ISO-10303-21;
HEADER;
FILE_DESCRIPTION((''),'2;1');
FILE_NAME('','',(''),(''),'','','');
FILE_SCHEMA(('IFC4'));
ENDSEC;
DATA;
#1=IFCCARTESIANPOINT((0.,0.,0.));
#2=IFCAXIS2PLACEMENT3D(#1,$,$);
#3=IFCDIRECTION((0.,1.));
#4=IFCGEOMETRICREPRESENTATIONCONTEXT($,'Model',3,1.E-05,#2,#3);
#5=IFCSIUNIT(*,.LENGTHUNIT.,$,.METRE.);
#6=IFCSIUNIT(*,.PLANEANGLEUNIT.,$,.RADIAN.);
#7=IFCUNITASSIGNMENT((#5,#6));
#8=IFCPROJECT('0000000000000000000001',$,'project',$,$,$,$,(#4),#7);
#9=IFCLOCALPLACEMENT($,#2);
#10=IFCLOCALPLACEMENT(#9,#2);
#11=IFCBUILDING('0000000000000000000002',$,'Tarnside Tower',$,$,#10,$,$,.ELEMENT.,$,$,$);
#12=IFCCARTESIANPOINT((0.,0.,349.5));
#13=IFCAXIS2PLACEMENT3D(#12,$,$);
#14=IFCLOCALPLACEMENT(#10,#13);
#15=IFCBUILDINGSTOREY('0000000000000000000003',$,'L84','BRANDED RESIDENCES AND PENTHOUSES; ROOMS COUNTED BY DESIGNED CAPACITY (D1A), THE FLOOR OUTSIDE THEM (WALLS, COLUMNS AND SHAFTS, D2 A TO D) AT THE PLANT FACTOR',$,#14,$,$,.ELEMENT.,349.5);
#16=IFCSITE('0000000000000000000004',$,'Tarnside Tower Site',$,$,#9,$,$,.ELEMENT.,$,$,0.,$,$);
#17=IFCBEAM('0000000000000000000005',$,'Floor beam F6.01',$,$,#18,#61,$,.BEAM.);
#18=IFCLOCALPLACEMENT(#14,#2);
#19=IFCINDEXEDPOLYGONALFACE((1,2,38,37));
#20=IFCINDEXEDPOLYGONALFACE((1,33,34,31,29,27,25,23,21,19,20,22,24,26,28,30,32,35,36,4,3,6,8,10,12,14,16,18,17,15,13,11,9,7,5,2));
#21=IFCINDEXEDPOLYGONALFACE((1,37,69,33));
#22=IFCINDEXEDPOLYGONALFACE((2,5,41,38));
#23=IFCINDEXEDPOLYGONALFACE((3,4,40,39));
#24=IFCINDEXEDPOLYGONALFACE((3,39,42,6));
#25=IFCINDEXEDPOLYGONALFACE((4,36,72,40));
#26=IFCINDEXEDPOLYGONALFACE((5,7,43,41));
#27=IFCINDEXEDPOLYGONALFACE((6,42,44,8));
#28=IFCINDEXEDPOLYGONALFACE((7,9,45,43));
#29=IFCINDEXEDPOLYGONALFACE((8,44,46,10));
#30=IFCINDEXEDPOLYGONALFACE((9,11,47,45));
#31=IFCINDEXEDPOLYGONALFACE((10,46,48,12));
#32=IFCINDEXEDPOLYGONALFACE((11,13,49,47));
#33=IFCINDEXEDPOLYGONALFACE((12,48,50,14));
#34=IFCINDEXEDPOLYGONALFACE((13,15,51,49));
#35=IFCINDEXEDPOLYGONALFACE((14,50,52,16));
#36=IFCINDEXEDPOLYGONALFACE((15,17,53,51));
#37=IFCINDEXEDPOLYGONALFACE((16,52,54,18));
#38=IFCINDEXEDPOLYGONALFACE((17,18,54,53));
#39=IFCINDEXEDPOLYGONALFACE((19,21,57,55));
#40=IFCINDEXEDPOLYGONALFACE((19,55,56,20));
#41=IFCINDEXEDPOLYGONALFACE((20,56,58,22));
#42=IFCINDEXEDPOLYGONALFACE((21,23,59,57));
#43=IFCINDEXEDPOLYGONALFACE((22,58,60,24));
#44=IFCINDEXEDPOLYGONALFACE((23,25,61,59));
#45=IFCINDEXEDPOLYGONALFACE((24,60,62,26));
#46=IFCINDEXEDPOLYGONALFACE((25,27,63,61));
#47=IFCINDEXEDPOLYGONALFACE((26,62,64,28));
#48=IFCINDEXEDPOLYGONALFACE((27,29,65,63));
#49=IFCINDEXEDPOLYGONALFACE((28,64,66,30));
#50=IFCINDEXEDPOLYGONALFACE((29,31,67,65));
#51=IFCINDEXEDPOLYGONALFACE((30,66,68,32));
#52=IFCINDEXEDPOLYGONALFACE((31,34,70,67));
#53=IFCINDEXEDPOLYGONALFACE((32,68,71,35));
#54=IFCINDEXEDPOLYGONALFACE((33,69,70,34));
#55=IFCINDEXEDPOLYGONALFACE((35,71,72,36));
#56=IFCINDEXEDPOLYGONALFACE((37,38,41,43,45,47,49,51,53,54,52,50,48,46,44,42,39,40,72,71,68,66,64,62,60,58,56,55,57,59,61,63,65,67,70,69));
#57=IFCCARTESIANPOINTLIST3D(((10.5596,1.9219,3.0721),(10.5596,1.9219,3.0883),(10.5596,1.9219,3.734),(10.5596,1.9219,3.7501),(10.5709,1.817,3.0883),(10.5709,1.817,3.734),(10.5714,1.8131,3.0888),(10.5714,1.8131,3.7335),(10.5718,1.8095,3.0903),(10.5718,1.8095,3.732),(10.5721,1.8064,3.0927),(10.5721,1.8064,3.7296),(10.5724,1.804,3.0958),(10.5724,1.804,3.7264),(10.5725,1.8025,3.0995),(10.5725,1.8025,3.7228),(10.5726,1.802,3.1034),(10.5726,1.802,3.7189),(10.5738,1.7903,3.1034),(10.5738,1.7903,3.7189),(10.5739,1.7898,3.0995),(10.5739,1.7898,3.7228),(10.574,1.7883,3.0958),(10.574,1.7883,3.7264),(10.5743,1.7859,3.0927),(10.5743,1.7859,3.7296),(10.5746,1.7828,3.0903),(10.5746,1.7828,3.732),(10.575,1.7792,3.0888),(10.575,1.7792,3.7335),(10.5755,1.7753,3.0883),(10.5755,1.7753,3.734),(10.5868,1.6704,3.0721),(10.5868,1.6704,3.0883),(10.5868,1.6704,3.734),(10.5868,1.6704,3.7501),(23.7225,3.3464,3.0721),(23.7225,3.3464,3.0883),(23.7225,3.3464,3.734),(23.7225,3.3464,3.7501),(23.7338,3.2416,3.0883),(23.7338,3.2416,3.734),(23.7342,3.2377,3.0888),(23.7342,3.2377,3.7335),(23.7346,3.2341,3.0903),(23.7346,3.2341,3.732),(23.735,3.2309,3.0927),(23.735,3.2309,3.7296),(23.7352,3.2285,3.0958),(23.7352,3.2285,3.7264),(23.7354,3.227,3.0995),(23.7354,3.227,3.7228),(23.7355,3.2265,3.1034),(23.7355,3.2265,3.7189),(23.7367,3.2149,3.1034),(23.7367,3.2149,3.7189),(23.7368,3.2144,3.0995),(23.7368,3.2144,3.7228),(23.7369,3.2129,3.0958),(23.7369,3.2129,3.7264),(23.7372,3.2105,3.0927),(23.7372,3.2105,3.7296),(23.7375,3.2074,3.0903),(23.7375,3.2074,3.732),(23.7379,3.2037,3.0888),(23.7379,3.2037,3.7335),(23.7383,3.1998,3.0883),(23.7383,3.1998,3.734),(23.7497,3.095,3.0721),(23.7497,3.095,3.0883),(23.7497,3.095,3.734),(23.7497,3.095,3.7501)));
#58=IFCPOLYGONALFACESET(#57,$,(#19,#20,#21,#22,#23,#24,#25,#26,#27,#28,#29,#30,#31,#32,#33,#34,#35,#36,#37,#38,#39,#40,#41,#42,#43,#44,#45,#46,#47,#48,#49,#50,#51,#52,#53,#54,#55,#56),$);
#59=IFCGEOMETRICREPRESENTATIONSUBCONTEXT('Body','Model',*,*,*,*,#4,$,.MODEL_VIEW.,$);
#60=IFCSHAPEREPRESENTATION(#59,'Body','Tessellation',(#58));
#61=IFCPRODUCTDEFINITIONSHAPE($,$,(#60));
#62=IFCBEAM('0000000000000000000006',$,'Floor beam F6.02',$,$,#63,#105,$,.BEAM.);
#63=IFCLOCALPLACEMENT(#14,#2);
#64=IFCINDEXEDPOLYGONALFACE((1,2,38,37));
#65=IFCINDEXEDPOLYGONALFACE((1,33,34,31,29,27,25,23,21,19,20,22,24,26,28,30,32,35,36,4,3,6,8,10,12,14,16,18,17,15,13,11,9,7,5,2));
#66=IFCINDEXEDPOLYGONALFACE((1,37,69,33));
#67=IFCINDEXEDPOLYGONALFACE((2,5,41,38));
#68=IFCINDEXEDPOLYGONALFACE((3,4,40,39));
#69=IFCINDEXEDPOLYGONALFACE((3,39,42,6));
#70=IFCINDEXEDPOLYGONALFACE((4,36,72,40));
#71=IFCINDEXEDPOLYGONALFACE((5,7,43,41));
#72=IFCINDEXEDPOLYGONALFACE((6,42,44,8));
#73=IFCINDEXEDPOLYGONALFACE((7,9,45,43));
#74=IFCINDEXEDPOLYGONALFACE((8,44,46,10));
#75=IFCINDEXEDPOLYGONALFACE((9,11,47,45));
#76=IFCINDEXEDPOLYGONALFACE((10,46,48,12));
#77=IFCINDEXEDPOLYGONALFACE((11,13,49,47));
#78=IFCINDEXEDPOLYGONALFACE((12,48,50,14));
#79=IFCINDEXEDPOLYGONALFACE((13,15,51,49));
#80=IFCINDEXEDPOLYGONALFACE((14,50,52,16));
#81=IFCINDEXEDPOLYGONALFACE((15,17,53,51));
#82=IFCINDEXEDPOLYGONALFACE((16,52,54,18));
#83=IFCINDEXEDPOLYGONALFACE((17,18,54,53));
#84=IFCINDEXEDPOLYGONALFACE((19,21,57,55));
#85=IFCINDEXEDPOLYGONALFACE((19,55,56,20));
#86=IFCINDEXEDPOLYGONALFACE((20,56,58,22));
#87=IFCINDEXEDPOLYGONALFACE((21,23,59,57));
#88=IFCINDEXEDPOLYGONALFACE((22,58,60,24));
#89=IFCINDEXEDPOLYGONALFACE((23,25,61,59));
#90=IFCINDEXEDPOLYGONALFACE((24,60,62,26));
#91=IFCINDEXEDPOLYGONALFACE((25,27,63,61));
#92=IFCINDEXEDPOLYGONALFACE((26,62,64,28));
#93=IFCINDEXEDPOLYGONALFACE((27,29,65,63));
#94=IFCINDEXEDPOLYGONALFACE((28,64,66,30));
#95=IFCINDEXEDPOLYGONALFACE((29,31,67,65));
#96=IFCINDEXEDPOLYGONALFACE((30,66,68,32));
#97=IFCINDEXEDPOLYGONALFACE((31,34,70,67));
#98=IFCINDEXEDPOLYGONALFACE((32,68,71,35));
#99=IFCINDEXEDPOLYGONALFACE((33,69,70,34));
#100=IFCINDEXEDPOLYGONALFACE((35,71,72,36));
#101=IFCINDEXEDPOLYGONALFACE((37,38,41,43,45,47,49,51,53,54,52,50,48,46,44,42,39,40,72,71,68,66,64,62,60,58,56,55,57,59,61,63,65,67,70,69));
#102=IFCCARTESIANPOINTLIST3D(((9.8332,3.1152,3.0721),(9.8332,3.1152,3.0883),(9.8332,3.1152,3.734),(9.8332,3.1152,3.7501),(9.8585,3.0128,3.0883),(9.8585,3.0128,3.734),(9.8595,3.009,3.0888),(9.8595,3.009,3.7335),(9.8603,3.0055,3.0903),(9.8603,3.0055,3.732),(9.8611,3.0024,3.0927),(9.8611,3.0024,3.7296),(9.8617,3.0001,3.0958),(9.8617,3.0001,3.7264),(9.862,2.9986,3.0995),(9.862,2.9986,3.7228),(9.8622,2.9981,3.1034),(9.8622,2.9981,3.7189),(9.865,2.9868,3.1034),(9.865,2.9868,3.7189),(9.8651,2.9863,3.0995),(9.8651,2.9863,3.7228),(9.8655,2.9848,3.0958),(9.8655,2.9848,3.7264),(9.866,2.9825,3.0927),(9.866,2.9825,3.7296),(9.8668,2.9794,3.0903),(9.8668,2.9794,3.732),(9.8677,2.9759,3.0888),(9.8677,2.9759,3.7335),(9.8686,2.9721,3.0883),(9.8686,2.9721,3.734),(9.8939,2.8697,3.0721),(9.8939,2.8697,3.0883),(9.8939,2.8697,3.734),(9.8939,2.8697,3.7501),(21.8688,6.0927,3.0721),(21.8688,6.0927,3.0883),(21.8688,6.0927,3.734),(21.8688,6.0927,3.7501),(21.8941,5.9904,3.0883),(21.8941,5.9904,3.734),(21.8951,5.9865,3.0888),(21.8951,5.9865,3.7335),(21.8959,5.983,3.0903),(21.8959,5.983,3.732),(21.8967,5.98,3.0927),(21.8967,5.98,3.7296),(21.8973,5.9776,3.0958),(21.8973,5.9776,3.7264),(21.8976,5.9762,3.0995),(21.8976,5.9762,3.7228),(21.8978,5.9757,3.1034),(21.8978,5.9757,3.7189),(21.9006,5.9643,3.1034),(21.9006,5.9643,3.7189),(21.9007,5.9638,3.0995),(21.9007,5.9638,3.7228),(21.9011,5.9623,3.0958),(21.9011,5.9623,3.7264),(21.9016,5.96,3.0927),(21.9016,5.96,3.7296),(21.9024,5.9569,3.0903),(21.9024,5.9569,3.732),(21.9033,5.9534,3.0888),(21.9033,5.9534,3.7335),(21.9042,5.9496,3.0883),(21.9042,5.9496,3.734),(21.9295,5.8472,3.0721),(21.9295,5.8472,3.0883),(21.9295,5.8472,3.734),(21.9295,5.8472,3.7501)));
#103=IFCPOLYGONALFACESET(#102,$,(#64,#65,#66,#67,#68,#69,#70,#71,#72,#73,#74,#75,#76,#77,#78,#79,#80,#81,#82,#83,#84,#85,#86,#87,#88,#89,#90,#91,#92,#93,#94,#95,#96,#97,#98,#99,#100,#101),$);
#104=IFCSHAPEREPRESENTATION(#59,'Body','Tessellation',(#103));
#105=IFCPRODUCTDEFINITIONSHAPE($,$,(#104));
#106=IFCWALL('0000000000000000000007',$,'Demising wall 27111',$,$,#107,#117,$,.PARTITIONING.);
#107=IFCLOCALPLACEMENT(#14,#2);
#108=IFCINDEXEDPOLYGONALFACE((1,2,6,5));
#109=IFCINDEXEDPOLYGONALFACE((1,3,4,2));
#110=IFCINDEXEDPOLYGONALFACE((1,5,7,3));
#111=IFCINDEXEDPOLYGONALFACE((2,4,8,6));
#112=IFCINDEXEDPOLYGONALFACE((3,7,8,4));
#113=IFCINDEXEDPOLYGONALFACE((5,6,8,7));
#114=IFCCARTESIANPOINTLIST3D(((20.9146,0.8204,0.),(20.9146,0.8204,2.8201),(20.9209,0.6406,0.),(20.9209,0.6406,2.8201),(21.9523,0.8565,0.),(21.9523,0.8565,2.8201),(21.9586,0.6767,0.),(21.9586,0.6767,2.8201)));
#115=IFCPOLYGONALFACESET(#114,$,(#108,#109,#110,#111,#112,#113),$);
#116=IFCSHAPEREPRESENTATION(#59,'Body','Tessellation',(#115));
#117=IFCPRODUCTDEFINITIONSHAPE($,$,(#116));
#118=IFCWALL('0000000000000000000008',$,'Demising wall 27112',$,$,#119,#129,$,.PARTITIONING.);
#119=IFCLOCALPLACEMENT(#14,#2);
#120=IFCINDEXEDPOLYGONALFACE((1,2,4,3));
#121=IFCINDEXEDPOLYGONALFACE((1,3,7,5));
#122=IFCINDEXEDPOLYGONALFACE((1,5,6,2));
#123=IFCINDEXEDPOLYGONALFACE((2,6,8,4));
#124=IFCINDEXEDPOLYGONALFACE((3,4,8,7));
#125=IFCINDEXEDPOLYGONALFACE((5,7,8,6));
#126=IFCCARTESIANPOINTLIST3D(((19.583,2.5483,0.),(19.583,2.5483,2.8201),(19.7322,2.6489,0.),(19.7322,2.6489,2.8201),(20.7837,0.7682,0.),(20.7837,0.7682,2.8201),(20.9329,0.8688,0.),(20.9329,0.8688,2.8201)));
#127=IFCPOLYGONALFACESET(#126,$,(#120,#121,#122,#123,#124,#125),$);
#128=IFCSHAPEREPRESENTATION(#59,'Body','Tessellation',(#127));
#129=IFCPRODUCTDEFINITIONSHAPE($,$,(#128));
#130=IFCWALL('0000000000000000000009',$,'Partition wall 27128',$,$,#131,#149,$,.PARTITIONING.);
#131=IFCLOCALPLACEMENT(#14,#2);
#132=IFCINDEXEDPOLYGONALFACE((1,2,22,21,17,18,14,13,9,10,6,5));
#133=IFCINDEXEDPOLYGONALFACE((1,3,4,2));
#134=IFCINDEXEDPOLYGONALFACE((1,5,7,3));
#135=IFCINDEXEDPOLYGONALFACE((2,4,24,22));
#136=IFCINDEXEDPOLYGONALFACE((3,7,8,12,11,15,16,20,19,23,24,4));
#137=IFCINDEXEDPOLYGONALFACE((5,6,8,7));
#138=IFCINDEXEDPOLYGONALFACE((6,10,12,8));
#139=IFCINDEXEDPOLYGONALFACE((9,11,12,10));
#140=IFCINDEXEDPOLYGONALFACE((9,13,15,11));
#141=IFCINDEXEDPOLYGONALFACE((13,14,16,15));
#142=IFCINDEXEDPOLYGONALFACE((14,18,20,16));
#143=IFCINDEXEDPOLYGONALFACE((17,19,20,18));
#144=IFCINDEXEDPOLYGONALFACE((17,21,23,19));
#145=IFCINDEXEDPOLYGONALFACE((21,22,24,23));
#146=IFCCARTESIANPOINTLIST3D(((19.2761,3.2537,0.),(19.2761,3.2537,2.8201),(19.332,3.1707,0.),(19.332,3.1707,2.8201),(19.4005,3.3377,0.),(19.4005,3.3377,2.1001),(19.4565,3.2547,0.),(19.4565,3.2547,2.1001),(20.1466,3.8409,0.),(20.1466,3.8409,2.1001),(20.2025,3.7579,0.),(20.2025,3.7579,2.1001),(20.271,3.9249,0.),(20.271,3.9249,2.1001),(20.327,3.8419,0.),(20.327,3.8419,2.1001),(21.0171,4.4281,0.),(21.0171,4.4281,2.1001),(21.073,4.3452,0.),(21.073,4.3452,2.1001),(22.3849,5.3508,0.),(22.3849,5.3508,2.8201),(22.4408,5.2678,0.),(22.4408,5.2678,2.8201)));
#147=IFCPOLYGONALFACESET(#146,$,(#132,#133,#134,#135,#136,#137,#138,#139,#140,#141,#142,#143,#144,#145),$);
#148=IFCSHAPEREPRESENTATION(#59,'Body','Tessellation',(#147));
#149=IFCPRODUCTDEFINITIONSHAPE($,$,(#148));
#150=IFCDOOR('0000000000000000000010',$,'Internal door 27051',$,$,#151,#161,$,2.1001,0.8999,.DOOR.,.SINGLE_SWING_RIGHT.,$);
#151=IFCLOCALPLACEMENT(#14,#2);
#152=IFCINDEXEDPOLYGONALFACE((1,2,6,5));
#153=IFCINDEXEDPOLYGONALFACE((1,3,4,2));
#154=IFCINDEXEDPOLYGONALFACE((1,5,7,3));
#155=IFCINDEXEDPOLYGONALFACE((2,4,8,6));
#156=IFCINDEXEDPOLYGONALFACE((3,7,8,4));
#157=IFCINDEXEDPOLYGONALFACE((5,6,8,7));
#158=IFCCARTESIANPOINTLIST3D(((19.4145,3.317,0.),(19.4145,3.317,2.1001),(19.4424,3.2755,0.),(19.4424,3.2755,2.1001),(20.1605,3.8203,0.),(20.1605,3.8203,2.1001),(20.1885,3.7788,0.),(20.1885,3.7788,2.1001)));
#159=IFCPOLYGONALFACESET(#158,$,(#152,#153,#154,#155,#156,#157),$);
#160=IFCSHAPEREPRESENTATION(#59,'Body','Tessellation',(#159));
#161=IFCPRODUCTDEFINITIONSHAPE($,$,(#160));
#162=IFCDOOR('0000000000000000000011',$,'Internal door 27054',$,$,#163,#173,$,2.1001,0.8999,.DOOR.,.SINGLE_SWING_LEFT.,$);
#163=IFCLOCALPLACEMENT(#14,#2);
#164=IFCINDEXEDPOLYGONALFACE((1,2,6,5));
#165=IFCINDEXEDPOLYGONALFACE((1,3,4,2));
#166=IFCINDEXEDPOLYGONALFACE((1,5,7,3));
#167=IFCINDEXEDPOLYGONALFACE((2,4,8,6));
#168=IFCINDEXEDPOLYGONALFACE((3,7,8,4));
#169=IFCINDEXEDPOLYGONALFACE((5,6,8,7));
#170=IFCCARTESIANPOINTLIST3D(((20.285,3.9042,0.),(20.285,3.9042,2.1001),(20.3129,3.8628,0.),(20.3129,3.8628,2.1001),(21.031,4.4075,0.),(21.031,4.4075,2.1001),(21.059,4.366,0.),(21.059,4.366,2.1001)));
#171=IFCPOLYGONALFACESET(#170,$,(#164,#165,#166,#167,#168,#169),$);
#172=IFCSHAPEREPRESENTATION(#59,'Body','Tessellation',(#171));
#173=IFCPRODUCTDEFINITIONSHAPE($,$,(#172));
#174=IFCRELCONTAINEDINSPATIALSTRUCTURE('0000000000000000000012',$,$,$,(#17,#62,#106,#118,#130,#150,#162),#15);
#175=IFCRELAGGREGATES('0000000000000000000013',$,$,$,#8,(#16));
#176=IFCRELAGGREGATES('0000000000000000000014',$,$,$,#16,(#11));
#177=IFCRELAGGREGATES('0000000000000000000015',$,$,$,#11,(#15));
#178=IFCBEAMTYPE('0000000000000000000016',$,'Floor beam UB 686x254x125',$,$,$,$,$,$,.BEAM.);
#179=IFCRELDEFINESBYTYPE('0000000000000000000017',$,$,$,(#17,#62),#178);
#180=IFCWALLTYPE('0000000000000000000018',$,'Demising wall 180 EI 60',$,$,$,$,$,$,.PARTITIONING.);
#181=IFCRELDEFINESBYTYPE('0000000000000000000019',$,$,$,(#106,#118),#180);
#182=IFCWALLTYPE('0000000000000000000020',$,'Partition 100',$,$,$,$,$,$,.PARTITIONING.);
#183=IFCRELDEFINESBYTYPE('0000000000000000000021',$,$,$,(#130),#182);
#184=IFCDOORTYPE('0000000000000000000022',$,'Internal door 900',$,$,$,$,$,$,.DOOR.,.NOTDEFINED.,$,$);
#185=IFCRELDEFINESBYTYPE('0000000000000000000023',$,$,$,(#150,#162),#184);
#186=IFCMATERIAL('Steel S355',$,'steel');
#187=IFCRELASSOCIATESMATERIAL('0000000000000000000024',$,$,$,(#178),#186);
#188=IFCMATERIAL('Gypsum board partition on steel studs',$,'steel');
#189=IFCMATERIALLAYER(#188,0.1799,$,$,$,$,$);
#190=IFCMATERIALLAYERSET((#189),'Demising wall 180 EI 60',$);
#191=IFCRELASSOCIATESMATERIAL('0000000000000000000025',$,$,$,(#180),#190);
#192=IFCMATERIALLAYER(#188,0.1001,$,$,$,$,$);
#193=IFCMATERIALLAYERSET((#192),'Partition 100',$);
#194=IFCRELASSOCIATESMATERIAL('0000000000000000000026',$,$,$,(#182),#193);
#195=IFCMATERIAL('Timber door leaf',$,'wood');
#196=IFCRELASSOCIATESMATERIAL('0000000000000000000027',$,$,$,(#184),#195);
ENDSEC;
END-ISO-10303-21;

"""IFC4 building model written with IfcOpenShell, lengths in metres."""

from ifc_helpers import new_model, si_unit, direction, frame, frame_2d, origin, origin_2d, place, context, subcontext, project, spatial, rectangle, i_section, extrude, material, layer, layer_set, material_profile, profile_set, type_object, element, fill, save


model = new_model("IFC4")

# Units and contexts
model_context = context("Model", 3, precision=1e-05, world=origin(), true_north=direction((0.0, 1.0)))
body_context = subcontext(model_context, "Body", "Model", "MODEL_VIEW")
ifc_project = project(units=[si_unit("LENGTHUNIT", "METRE"), si_unit("PLANEANGLEUNIT", "RADIAN")], contexts=[model_context])

# Site, building, storey
site_placement = place(None, origin())
site = spatial("IfcSite", under=ifc_project, at=site_placement, Name="Tarnside Tower Site", CompositionType="ELEMENT", RefElevation=0.0)
building_placement = place(site_placement, origin())
building = spatial("IfcBuilding", under=site, at=building_placement, Name="Tarnside Tower", CompositionType="ELEMENT")
storey_placement = place(building_placement, frame((0.0, 0.0, 349.5)))
storey = spatial("IfcBuildingStorey", under=building, at=storey_placement, Name="L84", Description="BRANDED RESIDENCES AND PENTHOUSES; ROOMS COUNTED BY DESIGNED CAPACITY (D1A), THE FLOOR OUTSIDE THEM (WALLS, COLUMNS AND SHAFTS, D2 A TO D) AT THE PLANT FACTOR", CompositionType="ELEMENT", Elevation=349.5)

# Beams
ifc_material_1 = material(Name="Steel S355", Category="steel")
ifc_material_profile = material_profile(ifc_material_1, i_section(OverallWidth=0.2529, OverallDepth=0.678, WebThickness=0.0117, FlangeThickness=0.0161, FilletRadius=0.0151, at=origin_2d()), Name="UB 686x254x125")
ifc_profile_set = profile_set([ifc_material_profile], Name="Steel S355")
beam_type = type_object("IfcBeamType", Name="Floor beam UB 686x254x125", PredefinedType="BEAM", material=ifc_profile_set)
beam_1_placement = place(storey_placement, frame((23.7361, 3.2207, 3.4111), z_axis=(-0.994195, -0.107598, 0.0), x_axis=(0.107598, -0.994195, 0.0)))
element("IfcBeam", 1, at=beam_1_placement, inside=storey, type_object=beam_type, Name="Floor beam F6.01", PredefinedType="BEAM", context=body_context, shape_type="SweptSolid", body=[
    extrude(i_section(OverallWidth=0.2529, OverallDepth=0.678, WebThickness=0.0117, FlangeThickness=0.0161, FilletRadius=0.0151, at=origin_2d()), origin(), (0.0, 0.0, 1.0), 13.2397),
])
beam_2_placement = place(storey_placement, frame((21.8992, 5.97, 3.4111), z_axis=(-0.970735, -0.240153, 0.0), x_axis=(0.240153, -0.970735, 0.0)))
element("IfcBeam", 2, at=beam_2_placement, inside=storey, type_object=beam_type, Name="Floor beam F6.02", PredefinedType="BEAM", context=body_context, shape_type="SweptSolid", body=[
    extrude(i_section(OverallWidth=0.2529, OverallDepth=0.678, WebThickness=0.0117, FlangeThickness=0.0161, FilletRadius=0.0151, at=origin_2d()), origin(), (0.0, 0.0, 1.0), 12.3984),
])

# Walls
ifc_material_2 = material(Name="Gypsum board partition on steel studs", Category="steel")
ifc_layer_1 = layer(ifc_material_2, 0.1799)
ifc_layer_set_1 = layer_set([ifc_layer_1], Name="Demising wall 180 EI 60")
wall_type_1 = type_object("IfcWallType", Name="Demising wall 180 EI 60", PredefinedType="PARTITIONING", material=ifc_layer_set_1)
wall_1_placement = place(storey_placement, frame((21.9553, 0.7666, 0.0), z_axis=(0.0, 0.0, 1.0), x_axis=(-0.999394, -0.034802, 0.0)))
element("IfcWall", 3, at=wall_1_placement, inside=storey, type_object=wall_type_1, Name="Demising wall 27111", PredefinedType="PARTITIONING", context=body_context, shape_type="SweptSolid", body=[
    extrude(rectangle(XDim=1.0383, YDim=0.1799, at=frame_2d((0.519, 0.0))), origin(), (0.0, 0.0, 1.0), 2.8201),
])
wall_2_placement = place(storey_placement, frame((20.8584, 0.8184, 0.0), z_axis=(0.0, 0.0, 1.0), x_axis=(-0.559205, 0.829029, 0.0)))
element("IfcWall", 4, at=wall_2_placement, inside=storey, type_object=wall_type_1, Name="Demising wall 27112", PredefinedType="PARTITIONING", context=body_context, shape_type="SweptSolid", body=[
    extrude(rectangle(XDim=2.1472, YDim=0.1799, at=frame_2d((1.0737, 0.0))), origin(), (0.0, 0.0, 1.0), 2.8201),
])

# Wall, openings, doors
ifc_layer_2 = layer(ifc_material_2, 0.1001)
ifc_layer_set_2 = layer_set([ifc_layer_2], Name="Partition 100")
wall_type_2 = type_object("IfcWallType", Name="Partition 100", PredefinedType="PARTITIONING", material=ifc_layer_set_2)
wall_3_placement = place(storey_placement, frame((22.4128, 5.3093, 0.0), z_axis=(0.0, 0.0, 1.0), x_axis=(-0.829013, -0.559229, 0.0)))
wall_3 = element("IfcWall", 5, at=wall_3_placement, inside=storey, type_object=wall_type_2, Name="Partition wall 27128", PredefinedType="PARTITIONING", context=body_context, shape_type="SweptSolid", body=[
    extrude(rectangle(XDim=3.75, YDim=0.1001, at=frame_2d((1.875, 0.0))), origin(), (0.0, 0.0, 1.0), 2.8201),
])
opening_1_placement = place(wall_3_placement, frame((2.7, 0.0, 0.0)))
opening_1 = element("IfcOpeningElement", 6, at=opening_1_placement, cuts=wall_3, PredefinedType="OPENING", context=body_context, shape_type="SweptSolid", body=[
    extrude(rectangle(XDim=0.8999, YDim=2.1001, at=frame_2d((0.45, 1.05))), frame((0.0, 0.0601, 0.0), z_axis=(0.0, -1.0, 0.0), x_axis=(1.0, 0.0, 0.0)), (0.0, 0.0, 1.0), 0.1201),
])
opening_2_placement = place(wall_3_placement, frame((1.6499, 0.0, 0.0)))
opening_2 = element("IfcOpeningElement", 7, at=opening_2_placement, cuts=wall_3, PredefinedType="OPENING", context=body_context, shape_type="SweptSolid", body=[
    extrude(rectangle(XDim=0.8999, YDim=2.1001, at=frame_2d((0.45, 1.05))), frame((0.0, 0.0601, 0.0), z_axis=(0.0, -1.0, 0.0), x_axis=(1.0, 0.0, 0.0)), (0.0, 0.0, 1.0), 0.1201),
])
ifc_material_3 = material(Name="Timber door leaf", Category="wood")
door_type_1 = type_object("IfcDoorType", Name="Internal door 900", OperationType="NOTDEFINED", PredefinedType="DOOR", material=ifc_material_3)
door_1_placement = place(opening_1_placement, origin())
door_1 = element("IfcDoor", 8, at=door_1_placement, inside=storey, type_object=door_type_1, Name="Internal door 27051", OperationType="SINGLE_SWING_RIGHT", OverallHeight=2.1001, OverallWidth=0.8999, PredefinedType="DOOR", context=body_context, shape_type="SweptSolid", body=[
    extrude(rectangle(XDim=0.8999, YDim=2.1001, at=frame_2d((0.45, 1.05))), frame((0.0, 0.0249, 0.0), z_axis=(0.0, -1.0, 0.0), x_axis=(1.0, 0.0, 0.0)), (0.0, 0.0, 1.0), 0.05),
])
fill(opening_1, door_1)
door_2_placement = place(opening_2_placement, origin())
door_2 = element("IfcDoor", 9, at=door_2_placement, inside=storey, type_object=door_type_1, Name="Internal door 27054", OperationType="SINGLE_SWING_LEFT", OverallHeight=2.1001, OverallWidth=0.8999, PredefinedType="DOOR", context=body_context, shape_type="SweptSolid", body=[
    extrude(rectangle(XDim=0.8999, YDim=2.1001, at=frame_2d((0.45, 1.05))), frame((0.0, 0.0249, 0.0), z_axis=(0.0, -1.0, 0.0), x_axis=(1.0, 0.0, 0.0)), (0.0, 0.0, 1.0), 0.05),
])
fill(opening_2, door_2)

save(model, "model.ifc")
